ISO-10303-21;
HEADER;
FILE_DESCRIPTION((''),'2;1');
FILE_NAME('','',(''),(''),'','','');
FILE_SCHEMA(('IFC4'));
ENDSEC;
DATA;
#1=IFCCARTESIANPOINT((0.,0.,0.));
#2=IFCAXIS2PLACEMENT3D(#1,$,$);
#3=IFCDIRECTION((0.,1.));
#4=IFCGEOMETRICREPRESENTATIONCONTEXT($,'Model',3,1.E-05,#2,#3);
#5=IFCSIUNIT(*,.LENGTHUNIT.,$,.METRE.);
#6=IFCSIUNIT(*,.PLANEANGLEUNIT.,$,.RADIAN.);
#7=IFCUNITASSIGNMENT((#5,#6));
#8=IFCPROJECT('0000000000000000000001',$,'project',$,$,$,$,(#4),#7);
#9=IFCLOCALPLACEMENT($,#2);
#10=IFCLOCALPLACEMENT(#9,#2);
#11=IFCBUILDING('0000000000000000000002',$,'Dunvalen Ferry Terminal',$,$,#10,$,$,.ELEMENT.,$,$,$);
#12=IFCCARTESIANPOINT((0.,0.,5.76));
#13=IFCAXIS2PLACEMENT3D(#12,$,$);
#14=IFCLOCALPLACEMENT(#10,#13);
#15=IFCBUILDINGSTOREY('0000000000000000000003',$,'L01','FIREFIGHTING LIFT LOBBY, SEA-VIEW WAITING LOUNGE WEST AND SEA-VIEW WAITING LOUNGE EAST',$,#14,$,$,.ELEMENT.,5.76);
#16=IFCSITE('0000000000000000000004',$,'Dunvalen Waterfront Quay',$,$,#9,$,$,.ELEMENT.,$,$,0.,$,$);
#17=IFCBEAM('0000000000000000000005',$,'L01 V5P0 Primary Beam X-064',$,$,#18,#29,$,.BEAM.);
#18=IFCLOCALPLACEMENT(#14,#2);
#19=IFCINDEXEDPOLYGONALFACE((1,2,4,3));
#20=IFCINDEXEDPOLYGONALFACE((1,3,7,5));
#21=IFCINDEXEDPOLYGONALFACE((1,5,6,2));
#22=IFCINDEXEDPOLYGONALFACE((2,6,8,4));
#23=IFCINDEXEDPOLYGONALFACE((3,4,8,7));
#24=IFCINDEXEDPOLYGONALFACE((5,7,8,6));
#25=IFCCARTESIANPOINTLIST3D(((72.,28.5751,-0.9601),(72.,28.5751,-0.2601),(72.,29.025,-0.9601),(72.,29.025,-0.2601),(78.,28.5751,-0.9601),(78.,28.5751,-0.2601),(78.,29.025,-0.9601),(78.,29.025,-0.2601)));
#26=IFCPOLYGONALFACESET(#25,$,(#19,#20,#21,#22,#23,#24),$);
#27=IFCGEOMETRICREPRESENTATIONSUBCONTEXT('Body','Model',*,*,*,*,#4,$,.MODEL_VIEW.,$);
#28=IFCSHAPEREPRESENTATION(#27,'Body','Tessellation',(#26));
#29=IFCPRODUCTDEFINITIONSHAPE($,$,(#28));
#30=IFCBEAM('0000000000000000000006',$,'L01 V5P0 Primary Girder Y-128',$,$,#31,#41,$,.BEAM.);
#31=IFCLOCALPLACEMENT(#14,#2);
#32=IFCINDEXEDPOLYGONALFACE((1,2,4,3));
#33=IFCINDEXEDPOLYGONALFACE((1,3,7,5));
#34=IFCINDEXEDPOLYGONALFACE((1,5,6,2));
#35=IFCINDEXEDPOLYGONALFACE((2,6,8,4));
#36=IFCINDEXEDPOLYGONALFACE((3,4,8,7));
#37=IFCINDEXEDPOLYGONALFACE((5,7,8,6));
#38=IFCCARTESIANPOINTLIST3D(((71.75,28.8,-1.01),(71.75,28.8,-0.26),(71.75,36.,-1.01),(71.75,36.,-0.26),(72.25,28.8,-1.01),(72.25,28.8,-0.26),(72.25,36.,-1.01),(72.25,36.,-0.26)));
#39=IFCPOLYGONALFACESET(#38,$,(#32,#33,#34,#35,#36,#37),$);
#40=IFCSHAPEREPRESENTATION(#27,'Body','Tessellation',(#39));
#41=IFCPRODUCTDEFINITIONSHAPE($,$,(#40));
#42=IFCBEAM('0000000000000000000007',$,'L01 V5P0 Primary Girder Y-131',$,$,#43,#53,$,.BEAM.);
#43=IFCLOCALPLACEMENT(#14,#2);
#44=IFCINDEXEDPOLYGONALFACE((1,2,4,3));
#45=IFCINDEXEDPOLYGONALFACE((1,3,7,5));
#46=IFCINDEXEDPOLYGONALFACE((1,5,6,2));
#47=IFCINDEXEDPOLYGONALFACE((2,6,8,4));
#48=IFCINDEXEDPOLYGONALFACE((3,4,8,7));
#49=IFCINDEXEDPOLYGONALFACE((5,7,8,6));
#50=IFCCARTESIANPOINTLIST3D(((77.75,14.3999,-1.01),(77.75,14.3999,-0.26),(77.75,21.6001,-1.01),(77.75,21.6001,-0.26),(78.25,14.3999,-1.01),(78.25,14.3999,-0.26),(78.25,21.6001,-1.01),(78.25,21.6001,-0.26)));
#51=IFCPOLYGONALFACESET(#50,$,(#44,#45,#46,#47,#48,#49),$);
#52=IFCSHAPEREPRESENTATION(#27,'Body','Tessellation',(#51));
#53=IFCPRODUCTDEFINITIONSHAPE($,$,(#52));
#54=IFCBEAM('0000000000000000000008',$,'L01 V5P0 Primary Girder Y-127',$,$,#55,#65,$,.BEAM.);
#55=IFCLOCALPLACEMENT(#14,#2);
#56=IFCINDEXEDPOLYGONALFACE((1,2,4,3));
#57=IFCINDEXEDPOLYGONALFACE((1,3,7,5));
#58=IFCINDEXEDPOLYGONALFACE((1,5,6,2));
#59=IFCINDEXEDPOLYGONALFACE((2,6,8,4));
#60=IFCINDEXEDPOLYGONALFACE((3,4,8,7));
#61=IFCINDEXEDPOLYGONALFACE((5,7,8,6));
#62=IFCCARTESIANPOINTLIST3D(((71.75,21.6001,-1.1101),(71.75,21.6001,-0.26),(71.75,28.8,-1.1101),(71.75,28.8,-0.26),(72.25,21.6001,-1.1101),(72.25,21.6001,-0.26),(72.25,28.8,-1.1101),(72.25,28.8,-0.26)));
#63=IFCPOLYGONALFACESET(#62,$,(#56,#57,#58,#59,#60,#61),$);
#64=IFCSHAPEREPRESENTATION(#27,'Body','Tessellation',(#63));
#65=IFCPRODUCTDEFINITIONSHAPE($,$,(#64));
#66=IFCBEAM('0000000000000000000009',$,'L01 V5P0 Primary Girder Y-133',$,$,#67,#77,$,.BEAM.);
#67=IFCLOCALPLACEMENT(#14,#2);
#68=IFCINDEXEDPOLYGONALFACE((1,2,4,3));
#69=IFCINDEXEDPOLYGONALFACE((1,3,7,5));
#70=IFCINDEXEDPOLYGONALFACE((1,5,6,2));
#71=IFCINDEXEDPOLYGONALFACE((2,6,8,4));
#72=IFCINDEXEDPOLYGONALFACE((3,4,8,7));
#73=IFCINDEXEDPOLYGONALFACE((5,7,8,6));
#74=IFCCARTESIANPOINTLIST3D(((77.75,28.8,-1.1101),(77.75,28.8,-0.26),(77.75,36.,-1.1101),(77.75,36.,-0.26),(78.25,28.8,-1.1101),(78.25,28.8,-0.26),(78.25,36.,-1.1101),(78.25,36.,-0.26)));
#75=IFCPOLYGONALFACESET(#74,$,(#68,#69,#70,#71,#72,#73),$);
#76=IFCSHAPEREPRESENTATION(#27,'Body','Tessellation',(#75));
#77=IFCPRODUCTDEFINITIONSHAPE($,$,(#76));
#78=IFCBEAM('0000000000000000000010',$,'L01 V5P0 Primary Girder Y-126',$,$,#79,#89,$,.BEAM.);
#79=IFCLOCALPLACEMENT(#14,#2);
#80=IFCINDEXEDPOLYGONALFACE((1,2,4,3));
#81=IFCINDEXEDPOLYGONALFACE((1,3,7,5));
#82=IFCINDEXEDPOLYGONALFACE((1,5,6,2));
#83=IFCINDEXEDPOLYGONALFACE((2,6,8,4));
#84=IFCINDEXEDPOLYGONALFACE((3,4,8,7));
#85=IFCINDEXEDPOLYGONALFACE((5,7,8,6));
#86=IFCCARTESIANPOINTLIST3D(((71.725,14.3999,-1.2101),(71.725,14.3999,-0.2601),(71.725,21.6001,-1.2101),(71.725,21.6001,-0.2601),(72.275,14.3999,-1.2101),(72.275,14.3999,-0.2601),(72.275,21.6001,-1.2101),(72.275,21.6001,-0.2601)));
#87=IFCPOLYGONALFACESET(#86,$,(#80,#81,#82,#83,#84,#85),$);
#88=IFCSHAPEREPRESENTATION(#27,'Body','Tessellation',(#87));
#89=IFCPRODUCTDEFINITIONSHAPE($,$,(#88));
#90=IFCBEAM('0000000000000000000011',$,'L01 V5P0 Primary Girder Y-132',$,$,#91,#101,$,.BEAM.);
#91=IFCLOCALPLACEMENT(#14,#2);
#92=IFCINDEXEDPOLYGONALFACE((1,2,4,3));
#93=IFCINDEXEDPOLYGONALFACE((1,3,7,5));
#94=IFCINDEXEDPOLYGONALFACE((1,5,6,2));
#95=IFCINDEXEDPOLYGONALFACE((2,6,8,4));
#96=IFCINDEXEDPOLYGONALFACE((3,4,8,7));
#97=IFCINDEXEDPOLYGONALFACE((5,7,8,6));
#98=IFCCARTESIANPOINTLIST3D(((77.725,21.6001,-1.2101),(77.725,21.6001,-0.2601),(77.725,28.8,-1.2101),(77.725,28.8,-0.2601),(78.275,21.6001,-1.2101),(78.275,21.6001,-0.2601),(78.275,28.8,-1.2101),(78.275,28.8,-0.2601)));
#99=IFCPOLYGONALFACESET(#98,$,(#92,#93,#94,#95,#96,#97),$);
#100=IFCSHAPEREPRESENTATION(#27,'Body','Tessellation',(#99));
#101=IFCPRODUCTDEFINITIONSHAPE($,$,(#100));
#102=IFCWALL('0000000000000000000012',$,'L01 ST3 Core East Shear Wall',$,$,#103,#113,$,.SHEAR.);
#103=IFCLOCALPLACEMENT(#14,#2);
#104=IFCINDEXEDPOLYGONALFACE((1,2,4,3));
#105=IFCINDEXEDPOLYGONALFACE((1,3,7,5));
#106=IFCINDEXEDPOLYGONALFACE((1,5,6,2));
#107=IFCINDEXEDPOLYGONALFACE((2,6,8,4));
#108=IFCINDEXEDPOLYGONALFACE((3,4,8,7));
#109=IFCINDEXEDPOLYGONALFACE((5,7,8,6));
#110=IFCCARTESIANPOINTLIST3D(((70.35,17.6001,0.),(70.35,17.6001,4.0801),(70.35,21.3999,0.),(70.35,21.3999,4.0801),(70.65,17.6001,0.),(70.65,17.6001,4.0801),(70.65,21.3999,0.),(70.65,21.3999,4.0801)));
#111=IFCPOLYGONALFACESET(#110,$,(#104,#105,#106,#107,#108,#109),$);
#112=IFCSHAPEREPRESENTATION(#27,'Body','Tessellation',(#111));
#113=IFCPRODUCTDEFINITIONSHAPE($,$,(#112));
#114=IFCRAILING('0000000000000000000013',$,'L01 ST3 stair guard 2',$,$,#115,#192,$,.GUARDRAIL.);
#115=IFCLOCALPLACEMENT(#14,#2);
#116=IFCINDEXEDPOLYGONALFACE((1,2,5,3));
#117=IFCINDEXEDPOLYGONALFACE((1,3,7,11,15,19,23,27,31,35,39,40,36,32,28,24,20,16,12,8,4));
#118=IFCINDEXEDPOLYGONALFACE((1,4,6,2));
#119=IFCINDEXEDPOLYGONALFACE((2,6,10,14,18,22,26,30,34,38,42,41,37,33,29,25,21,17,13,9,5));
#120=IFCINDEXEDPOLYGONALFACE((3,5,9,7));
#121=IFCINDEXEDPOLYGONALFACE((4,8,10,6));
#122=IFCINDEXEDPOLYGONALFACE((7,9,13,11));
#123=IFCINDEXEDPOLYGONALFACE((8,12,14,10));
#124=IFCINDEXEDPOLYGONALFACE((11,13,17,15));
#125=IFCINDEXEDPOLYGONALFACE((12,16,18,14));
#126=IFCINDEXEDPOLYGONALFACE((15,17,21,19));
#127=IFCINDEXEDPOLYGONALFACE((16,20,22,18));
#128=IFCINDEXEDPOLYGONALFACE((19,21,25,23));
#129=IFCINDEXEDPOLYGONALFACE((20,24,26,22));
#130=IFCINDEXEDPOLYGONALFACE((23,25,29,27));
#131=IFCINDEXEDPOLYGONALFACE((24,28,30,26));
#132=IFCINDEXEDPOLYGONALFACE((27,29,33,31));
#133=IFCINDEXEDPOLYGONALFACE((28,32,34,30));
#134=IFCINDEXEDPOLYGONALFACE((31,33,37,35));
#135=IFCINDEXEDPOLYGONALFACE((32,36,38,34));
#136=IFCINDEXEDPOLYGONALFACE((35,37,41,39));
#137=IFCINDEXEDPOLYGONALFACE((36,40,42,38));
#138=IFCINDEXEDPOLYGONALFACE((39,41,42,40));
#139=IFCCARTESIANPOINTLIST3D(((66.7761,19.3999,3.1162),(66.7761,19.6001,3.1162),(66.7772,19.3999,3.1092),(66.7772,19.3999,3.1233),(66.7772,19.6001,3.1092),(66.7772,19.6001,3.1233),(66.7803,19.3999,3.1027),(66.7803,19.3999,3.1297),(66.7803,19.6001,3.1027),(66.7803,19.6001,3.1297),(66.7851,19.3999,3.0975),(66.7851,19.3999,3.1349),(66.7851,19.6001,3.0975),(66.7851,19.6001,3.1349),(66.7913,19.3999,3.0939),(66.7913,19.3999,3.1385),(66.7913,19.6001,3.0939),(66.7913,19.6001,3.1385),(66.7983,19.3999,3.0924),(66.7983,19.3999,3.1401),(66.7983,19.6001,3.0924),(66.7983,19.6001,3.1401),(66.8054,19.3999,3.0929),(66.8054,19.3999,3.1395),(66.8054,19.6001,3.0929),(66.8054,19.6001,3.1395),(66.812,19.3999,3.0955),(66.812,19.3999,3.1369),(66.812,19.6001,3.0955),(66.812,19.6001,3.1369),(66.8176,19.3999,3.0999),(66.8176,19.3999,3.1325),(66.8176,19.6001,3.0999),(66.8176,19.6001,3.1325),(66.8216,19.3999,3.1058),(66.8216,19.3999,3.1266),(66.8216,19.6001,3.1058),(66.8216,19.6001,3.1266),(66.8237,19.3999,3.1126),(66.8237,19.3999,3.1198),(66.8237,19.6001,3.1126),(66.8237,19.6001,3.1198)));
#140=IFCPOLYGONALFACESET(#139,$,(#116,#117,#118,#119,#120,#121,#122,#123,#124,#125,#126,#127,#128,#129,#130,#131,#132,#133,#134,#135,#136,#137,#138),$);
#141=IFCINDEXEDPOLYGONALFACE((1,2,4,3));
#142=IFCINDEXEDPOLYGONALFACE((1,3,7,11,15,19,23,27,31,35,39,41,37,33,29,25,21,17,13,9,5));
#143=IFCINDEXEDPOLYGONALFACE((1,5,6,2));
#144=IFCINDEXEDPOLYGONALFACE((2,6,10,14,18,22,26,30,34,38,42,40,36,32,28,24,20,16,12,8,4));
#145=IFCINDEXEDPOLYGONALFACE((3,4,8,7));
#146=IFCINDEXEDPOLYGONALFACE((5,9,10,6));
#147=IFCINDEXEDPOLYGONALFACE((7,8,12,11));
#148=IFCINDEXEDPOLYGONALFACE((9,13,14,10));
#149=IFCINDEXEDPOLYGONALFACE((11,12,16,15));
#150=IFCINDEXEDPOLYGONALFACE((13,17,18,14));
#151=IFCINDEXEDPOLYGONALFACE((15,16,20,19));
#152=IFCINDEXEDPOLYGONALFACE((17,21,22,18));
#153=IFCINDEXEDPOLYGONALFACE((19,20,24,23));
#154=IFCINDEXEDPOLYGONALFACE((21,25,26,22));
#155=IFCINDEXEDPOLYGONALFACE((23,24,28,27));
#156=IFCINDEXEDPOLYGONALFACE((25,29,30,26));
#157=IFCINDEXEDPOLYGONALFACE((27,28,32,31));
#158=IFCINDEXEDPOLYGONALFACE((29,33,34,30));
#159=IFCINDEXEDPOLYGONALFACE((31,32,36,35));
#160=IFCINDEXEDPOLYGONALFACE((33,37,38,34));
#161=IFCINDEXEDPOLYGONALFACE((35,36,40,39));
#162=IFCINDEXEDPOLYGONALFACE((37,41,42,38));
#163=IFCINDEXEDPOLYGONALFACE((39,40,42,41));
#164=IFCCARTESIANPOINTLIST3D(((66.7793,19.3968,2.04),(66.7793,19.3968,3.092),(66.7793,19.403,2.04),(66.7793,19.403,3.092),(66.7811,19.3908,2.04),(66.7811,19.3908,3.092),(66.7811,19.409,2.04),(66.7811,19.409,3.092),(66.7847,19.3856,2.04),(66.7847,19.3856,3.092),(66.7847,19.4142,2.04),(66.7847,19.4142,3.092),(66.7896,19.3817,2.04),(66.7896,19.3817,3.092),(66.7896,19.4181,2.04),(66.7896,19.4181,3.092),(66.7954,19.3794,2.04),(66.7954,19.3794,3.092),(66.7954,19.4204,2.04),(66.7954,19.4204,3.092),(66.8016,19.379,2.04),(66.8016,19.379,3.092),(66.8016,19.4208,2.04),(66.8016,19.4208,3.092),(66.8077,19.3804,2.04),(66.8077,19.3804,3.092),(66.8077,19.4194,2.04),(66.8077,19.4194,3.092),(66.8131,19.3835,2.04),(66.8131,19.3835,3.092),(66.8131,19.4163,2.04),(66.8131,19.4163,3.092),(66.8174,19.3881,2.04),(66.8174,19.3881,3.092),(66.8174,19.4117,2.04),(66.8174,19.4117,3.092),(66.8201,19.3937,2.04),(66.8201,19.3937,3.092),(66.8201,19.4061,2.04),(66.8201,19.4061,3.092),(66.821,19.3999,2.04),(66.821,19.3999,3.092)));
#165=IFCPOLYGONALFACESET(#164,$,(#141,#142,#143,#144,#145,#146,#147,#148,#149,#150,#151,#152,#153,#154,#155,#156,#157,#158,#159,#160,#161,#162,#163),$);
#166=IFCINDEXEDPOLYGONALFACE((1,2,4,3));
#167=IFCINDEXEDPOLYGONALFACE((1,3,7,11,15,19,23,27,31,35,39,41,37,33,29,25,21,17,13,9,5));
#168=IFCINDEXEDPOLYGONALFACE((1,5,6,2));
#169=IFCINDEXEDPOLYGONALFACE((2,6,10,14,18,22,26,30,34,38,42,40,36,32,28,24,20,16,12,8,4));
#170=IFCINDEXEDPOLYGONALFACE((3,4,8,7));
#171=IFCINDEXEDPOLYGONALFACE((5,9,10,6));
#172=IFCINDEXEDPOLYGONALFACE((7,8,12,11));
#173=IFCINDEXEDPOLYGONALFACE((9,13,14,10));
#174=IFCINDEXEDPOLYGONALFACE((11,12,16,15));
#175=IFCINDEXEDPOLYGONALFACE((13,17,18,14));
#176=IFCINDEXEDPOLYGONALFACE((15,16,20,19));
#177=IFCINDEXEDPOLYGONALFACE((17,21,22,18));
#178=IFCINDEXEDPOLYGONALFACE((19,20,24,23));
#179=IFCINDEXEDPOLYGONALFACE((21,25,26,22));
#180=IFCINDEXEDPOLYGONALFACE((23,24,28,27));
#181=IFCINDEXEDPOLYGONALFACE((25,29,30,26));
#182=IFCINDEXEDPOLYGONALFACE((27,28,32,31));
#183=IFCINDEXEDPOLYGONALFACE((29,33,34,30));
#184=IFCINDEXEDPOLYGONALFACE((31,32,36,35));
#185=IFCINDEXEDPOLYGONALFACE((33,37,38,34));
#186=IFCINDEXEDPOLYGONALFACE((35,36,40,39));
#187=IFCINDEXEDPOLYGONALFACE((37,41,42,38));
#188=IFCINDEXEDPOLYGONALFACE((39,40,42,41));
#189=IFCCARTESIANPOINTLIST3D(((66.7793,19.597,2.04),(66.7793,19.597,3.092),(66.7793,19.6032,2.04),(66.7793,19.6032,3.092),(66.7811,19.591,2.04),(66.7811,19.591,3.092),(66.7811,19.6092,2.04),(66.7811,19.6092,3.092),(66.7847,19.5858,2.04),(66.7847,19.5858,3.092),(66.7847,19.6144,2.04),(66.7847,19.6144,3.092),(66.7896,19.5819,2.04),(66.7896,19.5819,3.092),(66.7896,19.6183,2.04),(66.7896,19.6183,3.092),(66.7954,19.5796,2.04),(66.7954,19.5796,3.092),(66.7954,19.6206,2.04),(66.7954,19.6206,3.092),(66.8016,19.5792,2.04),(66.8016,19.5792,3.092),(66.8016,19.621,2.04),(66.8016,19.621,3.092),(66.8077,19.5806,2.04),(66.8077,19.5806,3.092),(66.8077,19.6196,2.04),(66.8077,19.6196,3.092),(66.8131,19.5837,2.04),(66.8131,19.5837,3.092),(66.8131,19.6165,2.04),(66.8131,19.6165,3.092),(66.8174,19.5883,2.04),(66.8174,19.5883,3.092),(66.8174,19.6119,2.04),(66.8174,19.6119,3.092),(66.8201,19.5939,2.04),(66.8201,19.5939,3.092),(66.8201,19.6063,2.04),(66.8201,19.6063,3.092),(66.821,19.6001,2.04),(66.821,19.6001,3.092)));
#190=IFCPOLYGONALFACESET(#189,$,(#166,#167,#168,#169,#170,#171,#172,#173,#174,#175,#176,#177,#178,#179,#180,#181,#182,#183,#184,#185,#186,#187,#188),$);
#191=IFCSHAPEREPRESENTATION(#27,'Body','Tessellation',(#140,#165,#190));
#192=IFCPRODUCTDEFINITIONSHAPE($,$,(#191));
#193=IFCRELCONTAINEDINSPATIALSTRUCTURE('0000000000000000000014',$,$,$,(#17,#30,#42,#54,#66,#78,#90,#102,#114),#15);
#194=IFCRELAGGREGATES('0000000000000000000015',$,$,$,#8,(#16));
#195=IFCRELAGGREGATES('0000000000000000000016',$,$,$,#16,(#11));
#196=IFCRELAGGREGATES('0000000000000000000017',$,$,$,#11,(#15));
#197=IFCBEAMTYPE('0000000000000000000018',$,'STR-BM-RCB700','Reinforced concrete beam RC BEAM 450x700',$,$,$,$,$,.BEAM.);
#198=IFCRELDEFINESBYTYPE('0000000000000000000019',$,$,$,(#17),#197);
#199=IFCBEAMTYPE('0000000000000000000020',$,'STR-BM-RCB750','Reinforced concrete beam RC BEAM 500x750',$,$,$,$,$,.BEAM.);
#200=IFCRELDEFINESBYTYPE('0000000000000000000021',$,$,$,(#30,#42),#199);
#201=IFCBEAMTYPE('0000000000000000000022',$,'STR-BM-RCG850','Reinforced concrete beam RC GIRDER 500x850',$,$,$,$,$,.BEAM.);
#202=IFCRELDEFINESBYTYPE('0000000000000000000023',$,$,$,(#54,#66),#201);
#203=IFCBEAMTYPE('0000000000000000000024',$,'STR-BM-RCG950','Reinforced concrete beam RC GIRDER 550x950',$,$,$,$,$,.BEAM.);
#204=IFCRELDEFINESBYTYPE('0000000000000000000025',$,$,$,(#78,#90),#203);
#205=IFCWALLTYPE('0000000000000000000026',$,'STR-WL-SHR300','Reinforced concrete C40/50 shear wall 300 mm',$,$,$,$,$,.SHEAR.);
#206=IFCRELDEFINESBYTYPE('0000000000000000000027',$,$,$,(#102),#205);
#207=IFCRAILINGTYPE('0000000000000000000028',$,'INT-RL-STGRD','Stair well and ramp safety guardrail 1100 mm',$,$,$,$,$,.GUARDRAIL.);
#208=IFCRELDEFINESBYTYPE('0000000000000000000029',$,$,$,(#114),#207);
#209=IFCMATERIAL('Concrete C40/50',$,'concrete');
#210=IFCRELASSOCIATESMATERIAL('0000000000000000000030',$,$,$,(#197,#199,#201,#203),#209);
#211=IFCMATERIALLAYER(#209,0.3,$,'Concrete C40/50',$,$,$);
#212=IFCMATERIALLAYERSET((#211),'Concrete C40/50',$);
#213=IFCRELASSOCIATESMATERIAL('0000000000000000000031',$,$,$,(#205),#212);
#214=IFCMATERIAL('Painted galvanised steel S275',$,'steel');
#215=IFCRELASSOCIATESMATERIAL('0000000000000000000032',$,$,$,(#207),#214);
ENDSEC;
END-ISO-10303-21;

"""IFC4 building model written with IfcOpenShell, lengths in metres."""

from ifc_helpers import new_model, si_unit, direction, frame, frame_2d, origin, origin_2d, place, context, subcontext, project, spatial, rectangle, circle, extrude, material, layer, layer_set, material_profile, profile_set, type_object, element, save


model = new_model("IFC4")

# Units and contexts
model_context = context("Model", 3, precision=1e-05, world=origin(), true_north=direction((0.0, 1.0)))
body_context = subcontext(model_context, "Body", "Model", "MODEL_VIEW")
ifc_project = project(units=[si_unit("LENGTHUNIT", "METRE"), si_unit("PLANEANGLEUNIT", "RADIAN")], contexts=[model_context])

# Site, building, storey
site_placement = place(None, origin())
site = spatial("IfcSite", under=ifc_project, at=site_placement, Name="Dunvalen Waterfront Quay", CompositionType="ELEMENT", RefElevation=0.0)
building_placement = place(site_placement, origin())
building = spatial("IfcBuilding", under=site, at=building_placement, Name="Dunvalen Ferry Terminal", CompositionType="ELEMENT")
storey_placement = place(building_placement, frame((0.0, 0.0, 5.76)))
storey = spatial("IfcBuildingStorey", under=building, at=storey_placement, Name="L01", Description="FIREFIGHTING LIFT LOBBY, SEA-VIEW WAITING LOUNGE WEST AND SEA-VIEW WAITING LOUNGE EAST", CompositionType="ELEMENT", Elevation=5.76)

# Shared definitions
ifc_material_1 = material(Name="Concrete C40/50", Category="concrete")

# Beams
ifc_material_profile_1 = material_profile(ifc_material_1, rectangle(XDim=0.45, YDim=0.7, at=origin_2d()), Name="Concrete C40/50")
ifc_profile_set_1 = profile_set([ifc_material_profile_1], Name="Concrete C40/50")
beam_type_1 = type_object("IfcBeamType", Name="STR-BM-RCB700", Description="Reinforced concrete beam RC BEAM 450x700", PredefinedType="BEAM", material=ifc_profile_set_1)
beam_1_placement = place(storey_placement, frame((72.0, 28.8, -0.6101), z_axis=(1.0, 0.0, 0.0), x_axis=(0.0, 1.0, 0.0)))
element("IfcBeam", 1, at=beam_1_placement, inside=storey, type_object=beam_type_1, Name="L01 V5P0 Primary Beam X-064", PredefinedType="BEAM", context=body_context, shape_type="SweptSolid", body=[
    extrude(rectangle(XDim=0.45, YDim=0.7, at=origin_2d()), origin(), (0.0, 0.0, 1.0), 6.0),
])
ifc_material_profile_2 = material_profile(ifc_material_1, rectangle(XDim=0.5, YDim=0.75, at=origin_2d()), Name="Concrete C40/50")
ifc_profile_set_2 = profile_set([ifc_material_profile_2], Name="Concrete C40/50")
beam_type_2 = type_object("IfcBeamType", Name="STR-BM-RCB750", Description="Reinforced concrete beam RC BEAM 500x750", PredefinedType="BEAM", material=ifc_profile_set_2)
beam_2_placement = place(storey_placement, frame((72.0, 28.8, -0.635), z_axis=(0.0, 1.0, 0.0), x_axis=(-1.0, 0.0, 0.0)))
element("IfcBeam", 2, at=beam_2_placement, inside=storey, type_object=beam_type_2, Name="L01 V5P0 Primary Girder Y-128", PredefinedType="BEAM", context=body_context, shape_type="SweptSolid", body=[
    extrude(rectangle(XDim=0.5, YDim=0.75, at=origin_2d()), origin(), (0.0, 0.0, 1.0), 7.2),
])
beam_3_placement = place(storey_placement, frame((78.0, 14.3999, -0.635), z_axis=(0.0, 1.0, 0.0), x_axis=(-1.0, 0.0, 0.0)))
element("IfcBeam", 3, at=beam_3_placement, inside=storey, type_object=beam_type_2, Name="L01 V5P0 Primary Girder Y-131", PredefinedType="BEAM", context=body_context, shape_type="SweptSolid", body=[
    extrude(rectangle(XDim=0.5, YDim=0.75, at=origin_2d()), origin(), (0.0, 0.0, 1.0), 7.2002),
])
ifc_material_profile_3 = material_profile(ifc_material_1, rectangle(XDim=0.5, YDim=0.8501, at=origin_2d()), Name="Concrete C40/50")
ifc_profile_set_3 = profile_set([ifc_material_profile_3], Name="Concrete C40/50")
beam_type_3 = type_object("IfcBeamType", Name="STR-BM-RCG850", Description="Reinforced concrete beam RC GIRDER 500x850", PredefinedType="BEAM", material=ifc_profile_set_3)
for number, where, z_axis, x_axis, name in (
    (4, (72.0, 21.6001, -0.6851), (0.0, 1.0, 0.0), (-1.0, 0.0, 0.0), "L01 V5P0 Primary Girder Y-127"),
    (5, (78.0, 28.8, -0.6851), (0.0, 1.0, 0.0), (-1.0, 0.0, 0.0), "L01 V5P0 Primary Girder Y-133"),
):
    element("IfcBeam", number, at=place(storey_placement, frame(where, z_axis=z_axis, x_axis=x_axis)), inside=storey, type_object=beam_type_3, Name=name, PredefinedType="BEAM", context=body_context, shape_type="SweptSolid", body=[
        extrude(rectangle(XDim=0.5, YDim=0.8501, at=origin_2d()), origin(), (0.0, 0.0, 1.0), 7.2),
    ])
ifc_material_profile_4 = material_profile(ifc_material_1, rectangle(XDim=0.55, YDim=0.95, at=origin_2d()), Name="Concrete C40/50")
ifc_profile_set_4 = profile_set([ifc_material_profile_4], Name="Concrete C40/50")
beam_type_4 = type_object("IfcBeamType", Name="STR-BM-RCG950", Description="Reinforced concrete beam RC GIRDER 550x950", PredefinedType="BEAM", material=ifc_profile_set_4)
beam_4_placement = place(storey_placement, frame((72.0, 14.3999, -0.7351), z_axis=(0.0, 1.0, 0.0), x_axis=(-1.0, 0.0, 0.0)))
element("IfcBeam", 6, at=beam_4_placement, inside=storey, type_object=beam_type_4, Name="L01 V5P0 Primary Girder Y-126", PredefinedType="BEAM", context=body_context, shape_type="SweptSolid", body=[
    extrude(rectangle(XDim=0.55, YDim=0.95, at=origin_2d()), origin(), (0.0, 0.0, 1.0), 7.2002),
])
beam_5_placement = place(storey_placement, frame((78.0, 21.6001, -0.7351), z_axis=(0.0, 1.0, 0.0), x_axis=(-1.0, 0.0, 0.0)))
element("IfcBeam", 7, at=beam_5_placement, inside=storey, type_object=beam_type_4, Name="L01 V5P0 Primary Girder Y-132", PredefinedType="BEAM", context=body_context, shape_type="SweptSolid", body=[
    extrude(rectangle(XDim=0.55, YDim=0.95, at=origin_2d()), origin(), (0.0, 0.0, 1.0), 7.2),
])

# Wall
ifc_layer = layer(ifc_material_1, 0.3, Name="Concrete C40/50")
ifc_layer_set = layer_set([ifc_layer], Name="Concrete C40/50")
wall_type = type_object("IfcWallType", Name="STR-WL-SHR300", Description="Reinforced concrete C40/50 shear wall 300 mm", PredefinedType="SHEAR", material=ifc_layer_set)
wall_placement = place(storey_placement, frame((70.5, 17.6001, 0.0), z_axis=(0.0, 0.0, 1.0), x_axis=(0.0, 1.0, 0.0)))
element("IfcWall", 8, at=wall_placement, inside=storey, type_object=wall_type, Name="L01 ST3 Core East Shear Wall", PredefinedType="SHEAR", context=body_context, shape_type="SweptSolid", body=[
    extrude(rectangle(XDim=3.7998, YDim=0.3, at=frame_2d((1.8999, 0.0))), origin(), (0.0, 0.0, 1.0), 4.0801),
])

# Railing
ifc_material_2 = material(Name="Painted galvanised steel S275", Category="steel")
railing_type = type_object("IfcRailingType", Name="INT-RL-STGRD", Description="Stair well and ramp safety guardrail 1100 mm", PredefinedType="GUARDRAIL", material=ifc_material_2)
railing_placement = place(storey_placement, frame((66.8, 19.3999, 2.04)))
element("IfcRailing", 9, at=railing_placement, inside=storey, type_object=railing_type, Name="L01 ST3 stair guard 2", PredefinedType="GUARDRAIL", context=body_context, shape_type="SweptSolid", body=[
    extrude(circle(Radius=0.0239, at=origin_2d()), frame((0.0, 0.0, 1.0762), z_axis=(0.0, 1.0, 0.0), x_axis=(-1.0, 0.0, 0.0)), (0.0, 0.0, 1.0), 0.2002),
    extrude(circle(Radius=0.021, at=origin_2d()), origin(), (0.0, 0.0, 1.0), 1.052),
    extrude(circle(Radius=0.021, at=origin_2d()), frame((0.0, 0.2002, 0.0)), (0.0, 0.0, 1.0), 1.052),
])

save(model, "model.ifc")
